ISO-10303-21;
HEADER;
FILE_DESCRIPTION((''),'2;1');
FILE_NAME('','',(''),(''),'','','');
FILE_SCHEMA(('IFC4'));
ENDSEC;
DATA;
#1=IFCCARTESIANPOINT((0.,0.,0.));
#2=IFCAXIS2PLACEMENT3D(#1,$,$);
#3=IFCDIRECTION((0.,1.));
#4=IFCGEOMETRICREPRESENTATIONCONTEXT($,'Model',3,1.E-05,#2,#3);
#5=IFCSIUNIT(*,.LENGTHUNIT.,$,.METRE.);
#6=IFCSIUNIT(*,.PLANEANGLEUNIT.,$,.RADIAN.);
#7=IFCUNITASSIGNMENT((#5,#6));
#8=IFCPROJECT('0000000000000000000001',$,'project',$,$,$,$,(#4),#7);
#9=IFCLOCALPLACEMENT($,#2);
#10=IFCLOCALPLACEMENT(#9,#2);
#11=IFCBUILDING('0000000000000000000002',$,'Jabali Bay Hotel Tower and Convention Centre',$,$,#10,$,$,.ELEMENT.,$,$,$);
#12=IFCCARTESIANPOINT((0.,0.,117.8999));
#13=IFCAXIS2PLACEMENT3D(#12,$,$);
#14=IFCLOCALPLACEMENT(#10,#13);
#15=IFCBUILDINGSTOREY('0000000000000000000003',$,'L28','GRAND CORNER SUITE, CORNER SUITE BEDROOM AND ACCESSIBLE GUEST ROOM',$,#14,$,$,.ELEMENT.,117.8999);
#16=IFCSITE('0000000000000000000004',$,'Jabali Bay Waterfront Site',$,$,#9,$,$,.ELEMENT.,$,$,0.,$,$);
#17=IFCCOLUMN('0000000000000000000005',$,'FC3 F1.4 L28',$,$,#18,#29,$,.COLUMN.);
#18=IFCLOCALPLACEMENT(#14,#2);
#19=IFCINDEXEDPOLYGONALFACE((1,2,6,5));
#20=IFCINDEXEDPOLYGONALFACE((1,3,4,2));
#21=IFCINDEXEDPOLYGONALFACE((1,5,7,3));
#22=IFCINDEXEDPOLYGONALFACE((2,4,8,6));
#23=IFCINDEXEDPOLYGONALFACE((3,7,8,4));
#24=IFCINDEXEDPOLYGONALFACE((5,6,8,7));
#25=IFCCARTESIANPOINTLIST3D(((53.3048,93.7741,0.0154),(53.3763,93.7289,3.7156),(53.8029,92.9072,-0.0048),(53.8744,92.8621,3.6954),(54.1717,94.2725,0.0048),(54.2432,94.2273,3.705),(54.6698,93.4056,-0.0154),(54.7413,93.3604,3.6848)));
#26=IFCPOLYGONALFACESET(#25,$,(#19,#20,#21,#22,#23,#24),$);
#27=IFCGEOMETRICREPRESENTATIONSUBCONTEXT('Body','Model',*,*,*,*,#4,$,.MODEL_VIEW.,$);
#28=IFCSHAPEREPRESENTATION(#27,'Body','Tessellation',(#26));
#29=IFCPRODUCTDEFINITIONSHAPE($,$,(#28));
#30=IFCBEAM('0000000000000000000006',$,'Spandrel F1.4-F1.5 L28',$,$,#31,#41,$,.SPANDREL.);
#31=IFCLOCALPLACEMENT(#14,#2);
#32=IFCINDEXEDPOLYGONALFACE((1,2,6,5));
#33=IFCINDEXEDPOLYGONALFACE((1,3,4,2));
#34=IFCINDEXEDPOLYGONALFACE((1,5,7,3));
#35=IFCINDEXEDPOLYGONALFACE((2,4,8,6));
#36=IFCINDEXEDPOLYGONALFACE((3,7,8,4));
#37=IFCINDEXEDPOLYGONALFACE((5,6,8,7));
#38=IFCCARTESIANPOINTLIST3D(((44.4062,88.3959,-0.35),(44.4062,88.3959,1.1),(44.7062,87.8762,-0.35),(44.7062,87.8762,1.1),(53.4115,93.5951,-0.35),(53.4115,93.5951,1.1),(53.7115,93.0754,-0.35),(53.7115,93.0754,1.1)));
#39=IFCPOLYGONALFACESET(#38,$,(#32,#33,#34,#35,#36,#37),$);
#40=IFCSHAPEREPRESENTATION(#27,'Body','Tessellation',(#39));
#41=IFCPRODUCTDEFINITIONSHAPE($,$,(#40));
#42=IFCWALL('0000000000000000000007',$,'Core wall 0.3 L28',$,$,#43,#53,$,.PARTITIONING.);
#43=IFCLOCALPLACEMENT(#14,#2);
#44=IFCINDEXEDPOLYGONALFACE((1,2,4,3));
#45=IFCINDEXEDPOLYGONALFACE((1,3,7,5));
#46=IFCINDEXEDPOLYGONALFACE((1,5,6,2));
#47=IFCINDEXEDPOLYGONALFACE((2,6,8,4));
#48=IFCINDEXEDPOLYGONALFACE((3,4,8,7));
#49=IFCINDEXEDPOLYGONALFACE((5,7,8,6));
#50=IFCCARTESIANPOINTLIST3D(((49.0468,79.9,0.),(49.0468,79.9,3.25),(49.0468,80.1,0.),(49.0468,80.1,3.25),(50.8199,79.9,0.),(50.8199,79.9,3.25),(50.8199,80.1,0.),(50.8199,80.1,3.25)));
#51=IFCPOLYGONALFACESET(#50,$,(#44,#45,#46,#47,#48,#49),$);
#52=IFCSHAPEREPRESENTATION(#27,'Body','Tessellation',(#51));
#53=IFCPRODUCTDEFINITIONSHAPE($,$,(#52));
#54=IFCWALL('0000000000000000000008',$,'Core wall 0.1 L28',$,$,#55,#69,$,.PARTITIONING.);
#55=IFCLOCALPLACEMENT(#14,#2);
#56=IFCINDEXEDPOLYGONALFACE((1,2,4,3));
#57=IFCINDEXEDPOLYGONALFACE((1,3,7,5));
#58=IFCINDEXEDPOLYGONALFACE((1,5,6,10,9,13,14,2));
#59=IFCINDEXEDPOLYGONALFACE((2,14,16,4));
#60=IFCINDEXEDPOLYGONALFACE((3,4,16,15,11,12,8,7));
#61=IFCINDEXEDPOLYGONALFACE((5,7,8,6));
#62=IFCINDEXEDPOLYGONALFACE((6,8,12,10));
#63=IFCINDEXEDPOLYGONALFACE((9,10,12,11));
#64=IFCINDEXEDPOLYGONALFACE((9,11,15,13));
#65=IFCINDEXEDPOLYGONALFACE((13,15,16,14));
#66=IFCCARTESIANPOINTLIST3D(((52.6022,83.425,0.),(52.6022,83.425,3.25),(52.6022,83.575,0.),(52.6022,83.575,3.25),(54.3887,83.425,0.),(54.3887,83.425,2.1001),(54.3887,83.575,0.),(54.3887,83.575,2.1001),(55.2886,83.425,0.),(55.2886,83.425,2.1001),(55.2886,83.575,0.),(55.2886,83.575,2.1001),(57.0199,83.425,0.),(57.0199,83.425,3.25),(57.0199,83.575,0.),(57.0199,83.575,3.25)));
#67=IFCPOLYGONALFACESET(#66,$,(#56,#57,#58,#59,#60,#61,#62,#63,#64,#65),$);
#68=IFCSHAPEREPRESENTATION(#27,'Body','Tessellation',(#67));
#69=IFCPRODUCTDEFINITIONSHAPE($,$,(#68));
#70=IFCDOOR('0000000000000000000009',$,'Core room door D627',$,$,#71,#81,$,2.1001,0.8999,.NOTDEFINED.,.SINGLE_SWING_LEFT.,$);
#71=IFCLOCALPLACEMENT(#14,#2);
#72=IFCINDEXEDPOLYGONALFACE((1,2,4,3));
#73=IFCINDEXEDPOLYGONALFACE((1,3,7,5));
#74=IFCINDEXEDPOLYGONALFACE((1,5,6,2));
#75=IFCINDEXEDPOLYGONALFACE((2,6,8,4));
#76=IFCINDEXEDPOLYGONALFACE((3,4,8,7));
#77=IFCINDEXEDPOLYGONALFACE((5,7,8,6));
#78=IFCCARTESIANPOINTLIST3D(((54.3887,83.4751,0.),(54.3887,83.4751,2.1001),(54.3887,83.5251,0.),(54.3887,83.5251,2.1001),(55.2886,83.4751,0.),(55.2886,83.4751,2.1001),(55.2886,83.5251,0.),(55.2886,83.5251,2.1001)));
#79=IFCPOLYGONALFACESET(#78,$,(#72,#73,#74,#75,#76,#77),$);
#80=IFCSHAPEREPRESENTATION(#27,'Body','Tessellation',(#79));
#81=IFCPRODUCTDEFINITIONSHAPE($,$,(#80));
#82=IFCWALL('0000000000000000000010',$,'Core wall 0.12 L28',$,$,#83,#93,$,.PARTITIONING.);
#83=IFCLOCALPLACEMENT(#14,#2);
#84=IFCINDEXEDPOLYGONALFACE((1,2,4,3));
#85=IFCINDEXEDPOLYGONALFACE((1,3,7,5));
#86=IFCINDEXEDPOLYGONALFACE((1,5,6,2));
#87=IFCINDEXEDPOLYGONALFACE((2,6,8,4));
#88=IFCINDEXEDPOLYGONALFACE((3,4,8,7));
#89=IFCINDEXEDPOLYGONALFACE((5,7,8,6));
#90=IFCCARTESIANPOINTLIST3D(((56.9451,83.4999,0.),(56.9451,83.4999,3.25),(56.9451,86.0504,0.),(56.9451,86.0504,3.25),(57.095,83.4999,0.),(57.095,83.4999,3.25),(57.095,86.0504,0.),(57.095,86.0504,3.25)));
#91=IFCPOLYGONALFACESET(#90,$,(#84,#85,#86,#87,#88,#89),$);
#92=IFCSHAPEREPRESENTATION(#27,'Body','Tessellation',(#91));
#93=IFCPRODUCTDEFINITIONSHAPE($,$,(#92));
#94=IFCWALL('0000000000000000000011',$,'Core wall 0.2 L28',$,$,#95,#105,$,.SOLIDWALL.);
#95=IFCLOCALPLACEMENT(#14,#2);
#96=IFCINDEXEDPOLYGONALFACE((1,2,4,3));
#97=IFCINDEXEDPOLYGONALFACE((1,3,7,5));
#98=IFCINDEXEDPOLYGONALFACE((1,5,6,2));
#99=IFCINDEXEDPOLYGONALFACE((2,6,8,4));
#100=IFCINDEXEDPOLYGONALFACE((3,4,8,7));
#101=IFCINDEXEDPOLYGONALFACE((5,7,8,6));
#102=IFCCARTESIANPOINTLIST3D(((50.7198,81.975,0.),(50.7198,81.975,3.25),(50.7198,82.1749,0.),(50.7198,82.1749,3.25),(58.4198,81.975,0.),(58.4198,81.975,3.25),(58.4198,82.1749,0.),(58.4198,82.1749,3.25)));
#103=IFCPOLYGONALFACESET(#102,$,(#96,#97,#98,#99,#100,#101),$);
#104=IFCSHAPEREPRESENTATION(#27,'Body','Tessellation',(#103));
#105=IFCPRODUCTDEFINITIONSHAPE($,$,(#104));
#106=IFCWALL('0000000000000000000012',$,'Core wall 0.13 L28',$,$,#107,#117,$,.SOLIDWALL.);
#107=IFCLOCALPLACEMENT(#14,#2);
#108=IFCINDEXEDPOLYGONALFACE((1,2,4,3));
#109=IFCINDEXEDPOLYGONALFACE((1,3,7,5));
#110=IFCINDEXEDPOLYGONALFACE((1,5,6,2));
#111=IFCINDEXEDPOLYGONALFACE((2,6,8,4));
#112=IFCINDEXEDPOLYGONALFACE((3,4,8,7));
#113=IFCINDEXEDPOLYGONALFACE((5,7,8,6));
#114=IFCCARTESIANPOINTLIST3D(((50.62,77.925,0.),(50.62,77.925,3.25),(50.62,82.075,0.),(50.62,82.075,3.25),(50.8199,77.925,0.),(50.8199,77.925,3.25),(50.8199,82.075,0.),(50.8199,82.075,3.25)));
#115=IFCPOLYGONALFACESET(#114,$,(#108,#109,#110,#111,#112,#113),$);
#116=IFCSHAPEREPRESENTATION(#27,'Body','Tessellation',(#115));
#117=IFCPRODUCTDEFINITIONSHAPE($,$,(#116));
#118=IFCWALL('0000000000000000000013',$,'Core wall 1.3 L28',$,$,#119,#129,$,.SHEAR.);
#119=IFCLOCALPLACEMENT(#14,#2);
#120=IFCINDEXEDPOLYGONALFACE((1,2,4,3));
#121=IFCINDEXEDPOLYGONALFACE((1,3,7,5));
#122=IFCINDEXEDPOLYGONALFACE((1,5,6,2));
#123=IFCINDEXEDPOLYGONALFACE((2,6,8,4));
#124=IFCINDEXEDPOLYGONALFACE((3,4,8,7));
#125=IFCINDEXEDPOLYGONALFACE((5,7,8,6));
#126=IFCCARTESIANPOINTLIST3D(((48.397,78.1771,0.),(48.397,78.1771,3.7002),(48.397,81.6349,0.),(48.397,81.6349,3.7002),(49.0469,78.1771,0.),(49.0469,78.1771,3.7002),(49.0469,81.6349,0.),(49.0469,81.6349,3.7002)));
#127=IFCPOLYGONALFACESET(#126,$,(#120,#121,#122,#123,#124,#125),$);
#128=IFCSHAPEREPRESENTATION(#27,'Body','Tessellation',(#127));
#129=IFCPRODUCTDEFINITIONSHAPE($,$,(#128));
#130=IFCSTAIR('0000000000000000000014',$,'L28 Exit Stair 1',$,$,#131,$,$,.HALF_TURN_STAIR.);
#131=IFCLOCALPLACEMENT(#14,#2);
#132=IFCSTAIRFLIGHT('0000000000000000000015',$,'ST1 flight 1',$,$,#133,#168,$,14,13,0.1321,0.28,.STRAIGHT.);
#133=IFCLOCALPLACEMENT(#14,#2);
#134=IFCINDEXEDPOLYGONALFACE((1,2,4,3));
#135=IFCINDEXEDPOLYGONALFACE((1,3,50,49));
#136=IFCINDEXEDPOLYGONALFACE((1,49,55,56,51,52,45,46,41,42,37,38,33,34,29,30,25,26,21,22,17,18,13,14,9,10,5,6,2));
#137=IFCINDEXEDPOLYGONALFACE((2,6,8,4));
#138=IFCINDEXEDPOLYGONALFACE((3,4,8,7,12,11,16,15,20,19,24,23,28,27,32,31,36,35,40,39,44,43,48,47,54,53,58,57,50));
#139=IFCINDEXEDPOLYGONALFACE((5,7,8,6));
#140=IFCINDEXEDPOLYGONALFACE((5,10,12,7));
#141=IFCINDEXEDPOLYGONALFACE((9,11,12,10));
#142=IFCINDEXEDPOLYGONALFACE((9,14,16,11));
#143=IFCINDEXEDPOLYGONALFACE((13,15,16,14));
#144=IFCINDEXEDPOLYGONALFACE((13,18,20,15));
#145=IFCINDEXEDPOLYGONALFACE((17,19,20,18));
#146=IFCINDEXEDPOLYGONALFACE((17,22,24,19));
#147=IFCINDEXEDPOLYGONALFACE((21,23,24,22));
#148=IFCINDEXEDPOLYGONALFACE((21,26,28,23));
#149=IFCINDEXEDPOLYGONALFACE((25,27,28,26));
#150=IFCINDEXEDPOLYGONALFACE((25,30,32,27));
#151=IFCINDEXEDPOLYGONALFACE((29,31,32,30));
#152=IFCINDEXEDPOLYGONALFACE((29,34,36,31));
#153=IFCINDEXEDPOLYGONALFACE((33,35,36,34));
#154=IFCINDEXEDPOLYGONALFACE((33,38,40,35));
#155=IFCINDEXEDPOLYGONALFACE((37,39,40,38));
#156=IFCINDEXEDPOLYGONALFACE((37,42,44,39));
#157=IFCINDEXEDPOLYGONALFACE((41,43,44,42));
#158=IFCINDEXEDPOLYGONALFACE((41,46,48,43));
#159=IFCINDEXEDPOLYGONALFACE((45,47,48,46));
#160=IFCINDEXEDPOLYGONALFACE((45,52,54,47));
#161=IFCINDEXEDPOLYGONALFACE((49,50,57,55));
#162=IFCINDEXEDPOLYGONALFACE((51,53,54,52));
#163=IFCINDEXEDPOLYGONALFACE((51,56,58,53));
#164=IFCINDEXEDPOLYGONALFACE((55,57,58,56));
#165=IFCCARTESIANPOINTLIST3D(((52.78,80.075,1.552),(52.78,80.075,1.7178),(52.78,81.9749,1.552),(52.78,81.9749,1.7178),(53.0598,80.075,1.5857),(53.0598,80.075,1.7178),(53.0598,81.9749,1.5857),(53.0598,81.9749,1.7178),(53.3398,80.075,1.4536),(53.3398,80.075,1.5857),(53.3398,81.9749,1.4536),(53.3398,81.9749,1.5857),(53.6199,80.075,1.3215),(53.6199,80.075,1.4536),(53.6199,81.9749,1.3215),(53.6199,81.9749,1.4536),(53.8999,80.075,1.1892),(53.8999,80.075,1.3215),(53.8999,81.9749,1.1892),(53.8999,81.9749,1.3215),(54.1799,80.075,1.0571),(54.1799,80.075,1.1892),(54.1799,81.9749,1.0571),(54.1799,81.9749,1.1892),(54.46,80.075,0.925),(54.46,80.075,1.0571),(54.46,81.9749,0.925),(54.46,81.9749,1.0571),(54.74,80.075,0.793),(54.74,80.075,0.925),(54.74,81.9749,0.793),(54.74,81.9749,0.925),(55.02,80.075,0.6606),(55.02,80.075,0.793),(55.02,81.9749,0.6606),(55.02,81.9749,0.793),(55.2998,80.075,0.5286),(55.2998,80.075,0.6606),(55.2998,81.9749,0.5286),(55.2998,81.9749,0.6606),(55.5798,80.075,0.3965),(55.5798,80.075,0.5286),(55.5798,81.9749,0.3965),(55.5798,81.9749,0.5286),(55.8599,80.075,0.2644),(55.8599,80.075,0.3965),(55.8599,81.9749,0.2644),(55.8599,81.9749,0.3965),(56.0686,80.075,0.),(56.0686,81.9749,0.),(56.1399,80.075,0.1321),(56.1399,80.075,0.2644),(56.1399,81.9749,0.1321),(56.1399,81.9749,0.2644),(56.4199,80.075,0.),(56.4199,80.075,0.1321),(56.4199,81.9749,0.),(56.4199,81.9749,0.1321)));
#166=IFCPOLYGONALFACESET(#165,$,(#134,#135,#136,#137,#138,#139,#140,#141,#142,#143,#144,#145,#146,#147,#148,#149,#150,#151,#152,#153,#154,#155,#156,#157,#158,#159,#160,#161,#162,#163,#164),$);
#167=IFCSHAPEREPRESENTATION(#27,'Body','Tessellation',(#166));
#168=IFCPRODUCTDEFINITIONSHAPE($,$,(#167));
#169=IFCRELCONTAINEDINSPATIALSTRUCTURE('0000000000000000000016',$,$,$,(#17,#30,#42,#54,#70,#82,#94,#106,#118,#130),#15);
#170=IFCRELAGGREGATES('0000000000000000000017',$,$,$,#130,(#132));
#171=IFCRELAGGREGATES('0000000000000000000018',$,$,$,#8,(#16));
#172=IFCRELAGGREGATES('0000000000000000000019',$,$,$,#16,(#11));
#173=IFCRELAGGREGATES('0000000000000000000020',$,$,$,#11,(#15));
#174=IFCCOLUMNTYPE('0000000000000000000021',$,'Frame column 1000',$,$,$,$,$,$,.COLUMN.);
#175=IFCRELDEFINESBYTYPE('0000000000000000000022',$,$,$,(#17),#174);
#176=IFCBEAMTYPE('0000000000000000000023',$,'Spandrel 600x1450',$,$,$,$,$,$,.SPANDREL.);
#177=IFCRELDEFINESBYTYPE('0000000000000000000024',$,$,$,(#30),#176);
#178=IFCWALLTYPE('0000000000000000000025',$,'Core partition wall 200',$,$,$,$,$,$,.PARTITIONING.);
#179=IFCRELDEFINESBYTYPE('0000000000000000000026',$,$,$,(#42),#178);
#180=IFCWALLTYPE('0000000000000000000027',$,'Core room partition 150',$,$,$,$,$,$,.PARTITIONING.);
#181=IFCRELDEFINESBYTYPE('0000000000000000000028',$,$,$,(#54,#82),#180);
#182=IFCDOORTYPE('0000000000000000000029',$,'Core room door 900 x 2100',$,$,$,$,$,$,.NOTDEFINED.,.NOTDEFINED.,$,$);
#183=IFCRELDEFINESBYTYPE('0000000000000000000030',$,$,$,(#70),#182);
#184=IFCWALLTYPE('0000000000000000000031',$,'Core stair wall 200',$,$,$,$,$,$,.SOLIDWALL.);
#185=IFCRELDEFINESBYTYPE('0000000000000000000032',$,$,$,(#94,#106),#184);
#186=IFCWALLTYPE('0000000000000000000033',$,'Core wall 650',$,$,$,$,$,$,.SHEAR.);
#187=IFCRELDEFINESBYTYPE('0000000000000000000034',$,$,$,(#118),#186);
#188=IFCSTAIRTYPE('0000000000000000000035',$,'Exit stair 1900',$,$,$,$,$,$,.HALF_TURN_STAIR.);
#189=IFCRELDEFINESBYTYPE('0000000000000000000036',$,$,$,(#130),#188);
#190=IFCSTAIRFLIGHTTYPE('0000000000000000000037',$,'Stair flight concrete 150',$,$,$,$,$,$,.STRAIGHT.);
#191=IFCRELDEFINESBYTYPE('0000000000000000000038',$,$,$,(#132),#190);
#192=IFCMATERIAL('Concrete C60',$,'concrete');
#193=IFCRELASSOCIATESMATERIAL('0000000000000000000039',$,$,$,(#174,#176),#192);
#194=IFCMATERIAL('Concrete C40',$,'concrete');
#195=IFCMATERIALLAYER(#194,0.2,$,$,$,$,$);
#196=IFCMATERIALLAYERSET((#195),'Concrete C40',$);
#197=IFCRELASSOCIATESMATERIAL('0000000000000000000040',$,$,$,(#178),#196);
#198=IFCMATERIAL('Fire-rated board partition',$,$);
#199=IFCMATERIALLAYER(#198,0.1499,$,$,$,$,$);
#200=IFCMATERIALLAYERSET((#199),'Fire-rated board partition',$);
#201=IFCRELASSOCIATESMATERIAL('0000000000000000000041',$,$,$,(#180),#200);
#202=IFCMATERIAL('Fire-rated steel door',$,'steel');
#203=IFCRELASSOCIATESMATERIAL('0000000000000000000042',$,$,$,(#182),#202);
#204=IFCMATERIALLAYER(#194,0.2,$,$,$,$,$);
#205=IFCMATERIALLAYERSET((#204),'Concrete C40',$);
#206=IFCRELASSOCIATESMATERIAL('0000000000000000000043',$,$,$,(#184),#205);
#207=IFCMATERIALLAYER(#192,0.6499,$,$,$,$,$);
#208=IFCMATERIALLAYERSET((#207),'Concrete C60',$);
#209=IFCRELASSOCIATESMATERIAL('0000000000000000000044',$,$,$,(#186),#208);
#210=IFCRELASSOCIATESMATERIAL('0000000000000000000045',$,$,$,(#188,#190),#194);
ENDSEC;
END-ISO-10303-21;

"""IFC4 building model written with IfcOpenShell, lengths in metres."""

from ifc_helpers import new_model, si_unit, direction, frame, frame_2d, origin, origin_2d, place, context, subcontext, project, spatial, polyline, rectangle, outline, extrude, material, layer, layer_set, material_profile, profile_set, type_object, element, fill, aggregate, save


model = new_model("IFC4")

# Units and contexts
model_context = context("Model", 3, precision=1e-05, world=origin(), true_north=direction((0.0, 1.0)))
body_context = subcontext(model_context, "Body", "Model", "MODEL_VIEW")
ifc_project = project(units=[si_unit("LENGTHUNIT", "METRE"), si_unit("PLANEANGLEUNIT", "RADIAN")], contexts=[model_context])

# Site, building, storey
site_placement = place(None, origin())
site = spatial("IfcSite", under=ifc_project, at=site_placement, Name="Jabali Bay Waterfront Site", CompositionType="ELEMENT", RefElevation=0.0)
building_placement = place(site_placement, origin())
building = spatial("IfcBuilding", under=site, at=building_placement, Name="Jabali Bay Hotel Tower and Convention Centre", CompositionType="ELEMENT")
storey_placement = place(building_placement, frame((0.0, 0.0, 117.8999)))
storey = spatial("IfcBuildingStorey", under=building, at=storey_placement, Name="L28", Description="GRAND CORNER SUITE, CORNER SUITE BEDROOM AND ACCESSIBLE GUEST ROOM", CompositionType="ELEMENT", Elevation=117.8999)

# Column
ifc_material_1 = material(Name="Concrete C60", Category="concrete")
ifc_material_profile_1 = material_profile(ifc_material_1, rectangle(XDim=1.0, YDim=1.0, at=origin_2d()), Name="Frame column 1000")
ifc_profile_set_1 = profile_set([ifc_material_profile_1], Name="Concrete C60")
column_type = type_object("IfcColumnType", Name="Frame column 1000", PredefinedType="COLUMN", material=ifc_profile_set_1)
column_placement = place(storey_placement, frame((53.9873, 93.5898, 0.0), z_axis=(0.019327, -0.012203, 0.999739), x_axis=(-0.498097, 0.866886, 0.020211)))
element("IfcColumn", 1, at=column_placement, inside=storey, type_object=column_type, Name="FC3 F1.4 L28", PredefinedType="COLUMN", context=body_context, shape_type="SweptSolid", body=[
    extrude(rectangle(XDim=1.0, YDim=1.0, at=origin_2d()), origin(), (0.0, 0.0, 1.0), 3.7012),
])

# Beam
ifc_material_profile_2 = material_profile(ifc_material_1, rectangle(XDim=0.6001, YDim=1.45, at=origin_2d()), Name="Spandrel 600x1450")
ifc_profile_set_2 = profile_set([ifc_material_profile_2], Name="Concrete C60")
beam_type = type_object("IfcBeamType", Name="Spandrel 600x1450", PredefinedType="SPANDREL", material=ifc_profile_set_2)
beam_placement = place(storey_placement, frame((53.5615, 93.3352, 0.375), z_axis=(-0.866027, -0.499997, 0.0), x_axis=(0.499997, -0.866027, 0.0)))
element("IfcBeam", 2, at=beam_placement, inside=storey, type_object=beam_type, Name="Spandrel F1.4-F1.5 L28", PredefinedType="SPANDREL", context=body_context, shape_type="SweptSolid", body=[
    extrude(rectangle(XDim=0.6001, YDim=1.45, at=origin_2d()), origin(), (0.0, 0.0, 1.0), 10.3984),
])

# Wall
ifc_material_2 = material(Name="Concrete C40", Category="concrete")
ifc_layer_1 = layer(ifc_material_2, 0.2)
ifc_layer_set_1 = layer_set([ifc_layer_1], Name="Concrete C40")
wall_type_1 = type_object("IfcWallType", Name="Core partition wall 200", PredefinedType="PARTITIONING", material=ifc_layer_set_1)
wall_1_placement = place(storey_placement, frame((50.8201, 80.0, 0.0), z_axis=(0.0, 0.0, 1.0), x_axis=(-1.0, 0.0, 0.0)))
element("IfcWall", 3, at=wall_1_placement, inside=storey, type_object=wall_type_1, Name="Core wall 0.3 L28", PredefinedType="PARTITIONING", context=body_context, shape_type="SweptSolid", body=[
    extrude(rectangle(XDim=1.7732, YDim=0.2, at=frame_2d((0.8867, 0.0))), origin(), (0.0, 0.0, 1.0), 3.25),
])

# Wall, opening, door
ifc_material_3 = material(Name="Fire-rated board partition")
ifc_layer_2 = layer(ifc_material_3, 0.1499)
ifc_layer_set_2 = layer_set([ifc_layer_2], Name="Fire-rated board partition")
wall_type_2 = type_object("IfcWallType", Name="Core room partition 150", PredefinedType="PARTITIONING", material=ifc_layer_set_2)
wall_2_placement = place(storey_placement, frame((57.02, 83.5, 0.0), z_axis=(0.0, 0.0, 1.0), x_axis=(-1.0, 0.0, 0.0)))
wall_2 = element("IfcWall", 4, at=wall_2_placement, inside=storey, type_object=wall_type_2, Name="Core wall 0.1 L28", PredefinedType="PARTITIONING", context=body_context, shape_type="SweptSolid", body=[
    extrude(rectangle(XDim=4.4177, YDim=0.1499, at=frame_2d((2.209, 0.0))), origin(), (0.0, 0.0, 1.0), 3.25),
])
opening_placement = place(wall_2_placement, frame((1.7314, 0.0, 0.0)))
opening = element("IfcOpeningElement", 5, at=opening_placement, cuts=wall_2, PredefinedType="OPENING", context=body_context, shape_type="SweptSolid", body=[
    extrude(rectangle(XDim=0.8999, YDim=2.1001, at=frame_2d((0.45, 1.05))), frame((0.0, 0.0854, 0.0), z_axis=(0.0, -1.0, 0.0), x_axis=(1.0, 0.0, 0.0)), (0.0, 0.0, 1.0), 0.1709),
])
ifc_material_4 = material(Name="Fire-rated steel door", Category="steel")
door_type = type_object("IfcDoorType", Name="Core room door 900 x 2100", OperationType="NOTDEFINED", PredefinedType="NOTDEFINED", material=ifc_material_4)
door_placement = place(opening_placement, origin())
door = element("IfcDoor", 6, at=door_placement, inside=storey, type_object=door_type, Name="Core room door D627", OperationType="SINGLE_SWING_LEFT", OverallHeight=2.1001, OverallWidth=0.8999, PredefinedType="NOTDEFINED", context=body_context, shape_type="SweptSolid", body=[
    extrude(rectangle(XDim=0.8999, YDim=2.1001, at=frame_2d((0.45, 1.05))), frame((0.0, 0.0249, 0.0), z_axis=(0.0, -1.0, 0.0), x_axis=(1.0, 0.0, 0.0)), (0.0, 0.0, 1.0), 0.05),
])
fill(opening, door)

# Walls
wall_3_placement = place(storey_placement, frame((57.02, 86.0505, 0.0), z_axis=(0.0, 0.0, 1.0), x_axis=(0.0, -1.0, 0.0)))
element("IfcWall", 7, at=wall_3_placement, inside=storey, type_object=wall_type_2, Name="Core wall 0.12 L28", PredefinedType="PARTITIONING", context=body_context, shape_type="SweptSolid", body=[
    extrude(rectangle(XDim=2.5505, YDim=0.1499, at=frame_2d((1.2754, 0.0))), origin(), (0.0, 0.0, 1.0), 3.25),
])
ifc_layer_3 = layer(ifc_material_2, 0.2)
ifc_layer_set_3 = layer_set([ifc_layer_3], Name="Concrete C40")
wall_type_3 = type_object("IfcWallType", Name="Core stair wall 200", PredefinedType="SOLIDWALL", material=ifc_layer_set_3)
wall_4_placement = place(storey_placement, frame((58.4199, 82.075, 0.0), z_axis=(0.0, 0.0, 1.0), x_axis=(-1.0, 0.0, 0.0)))
element("IfcWall", 8, at=wall_4_placement, inside=storey, type_object=wall_type_3, Name="Core wall 0.2 L28", PredefinedType="SOLIDWALL", context=body_context, shape_type="SweptSolid", body=[
    extrude(rectangle(XDim=7.7, YDim=0.2, at=frame_2d((3.8501, 0.0))), origin(), (0.0, 0.0, 1.0), 3.25),
])
wall_5_placement = place(storey_placement, frame((50.72, 82.075, 0.0), z_axis=(0.0, 0.0, 1.0), x_axis=(0.0, -1.0, 0.0)))
element("IfcWall", 9, at=wall_5_placement, inside=storey, type_object=wall_type_3, Name="Core wall 0.13 L28", PredefinedType="SOLIDWALL", context=body_context, shape_type="SweptSolid", body=[
    extrude(rectangle(XDim=4.1499, YDim=0.2, at=frame_2d((2.075, 0.0))), origin(), (0.0, 0.0, 1.0), 3.25),
])
ifc_layer_4 = layer(ifc_material_1, 0.6499)
ifc_layer_set_4 = layer_set([ifc_layer_4], Name="Concrete C60")
wall_type_4 = type_object("IfcWallType", Name="Core wall 650", PredefinedType="SHEAR", material=ifc_layer_set_4)
wall_6_placement = place(storey_placement, frame((48.7219, 81.635, 0.0), z_axis=(0.0, 0.0, 1.0), x_axis=(0.0, -1.0, 0.0)))
element("IfcWall", 10, at=wall_6_placement, inside=storey, type_object=wall_type_4, Name="Core wall 1.3 L28", PredefinedType="SHEAR", context=body_context, shape_type="SweptSolid", body=[
    extrude(rectangle(XDim=3.4578, YDim=0.6499, at=frame_2d((1.729, 0.0))), origin(), (0.0, 0.0, 1.0), 3.7002),
])

# Stair, stair flight
stair_type = type_object("IfcStairType", Name="Exit stair 1900", PredefinedType="HALF_TURN_STAIR", material=ifc_material_2)
stair_placement = place(storey_placement, origin())
stair = element("IfcStair", 11, at=stair_placement, inside=storey, type_object=stair_type, Name="L28 Exit Stair 1", PredefinedType="HALF_TURN_STAIR")
stair_flight_type = type_object("IfcStairFlightType", Name="Stair flight concrete 150", PredefinedType="STRAIGHT", material=ifc_material_2)
stair_flight_1_placement = place(storey_placement, frame((56.4199, 81.0249, 0.0), z_axis=(0.0, 0.0, 1.0), x_axis=(-1.0, 0.0, 0.0)))
stair_flight_1 = element("IfcStairFlight", 12, at=stair_flight_1_placement, type_object=stair_flight_type, Name="ST1 flight 1", NumberOfRisers=14, NumberOfTreads=13, PredefinedType="STRAIGHT", RiserHeight=0.1321, TreadLength=0.28, context=body_context, shape_type="SweptSolid", body=[
    extrude(outline(polyline([(0.0, 0.0), (0.0, 0.1321), (0.28, 0.1321), (0.28, 0.2644), (0.5601, 0.2644), (0.5601, 0.3965), (0.8401, 0.3965), (0.8401, 0.5286), (1.1201, 0.5286), (1.1201, 0.6606), (1.3999, 0.6606), (1.3999, 0.793), (1.6799, 0.793), (1.6799, 0.925), (1.96, 0.925), (1.96, 1.0571), (2.24, 1.0571), (2.24, 1.1892), (2.52, 1.1892), (2.52, 1.3215), (2.8, 1.3215), (2.8, 1.4536), (3.0801, 1.4536), (3.0801, 1.5857), (3.3601, 1.5857), (3.3601, 1.7178), (3.6399, 1.7178), (3.6399, 1.8501), (3.6399, 1.552), (0.3513, 0.0), (0.0, 0.0)])), frame((0.0, 0.95, 0.0), z_axis=(0.0, -1.0, 0.0), x_axis=(1.0, 0.0, 0.0)), (0.0, 0.0, 1.0), 1.8999),
])
aggregate(stair, [stair_flight_1])

save(model, "model.ifc")
